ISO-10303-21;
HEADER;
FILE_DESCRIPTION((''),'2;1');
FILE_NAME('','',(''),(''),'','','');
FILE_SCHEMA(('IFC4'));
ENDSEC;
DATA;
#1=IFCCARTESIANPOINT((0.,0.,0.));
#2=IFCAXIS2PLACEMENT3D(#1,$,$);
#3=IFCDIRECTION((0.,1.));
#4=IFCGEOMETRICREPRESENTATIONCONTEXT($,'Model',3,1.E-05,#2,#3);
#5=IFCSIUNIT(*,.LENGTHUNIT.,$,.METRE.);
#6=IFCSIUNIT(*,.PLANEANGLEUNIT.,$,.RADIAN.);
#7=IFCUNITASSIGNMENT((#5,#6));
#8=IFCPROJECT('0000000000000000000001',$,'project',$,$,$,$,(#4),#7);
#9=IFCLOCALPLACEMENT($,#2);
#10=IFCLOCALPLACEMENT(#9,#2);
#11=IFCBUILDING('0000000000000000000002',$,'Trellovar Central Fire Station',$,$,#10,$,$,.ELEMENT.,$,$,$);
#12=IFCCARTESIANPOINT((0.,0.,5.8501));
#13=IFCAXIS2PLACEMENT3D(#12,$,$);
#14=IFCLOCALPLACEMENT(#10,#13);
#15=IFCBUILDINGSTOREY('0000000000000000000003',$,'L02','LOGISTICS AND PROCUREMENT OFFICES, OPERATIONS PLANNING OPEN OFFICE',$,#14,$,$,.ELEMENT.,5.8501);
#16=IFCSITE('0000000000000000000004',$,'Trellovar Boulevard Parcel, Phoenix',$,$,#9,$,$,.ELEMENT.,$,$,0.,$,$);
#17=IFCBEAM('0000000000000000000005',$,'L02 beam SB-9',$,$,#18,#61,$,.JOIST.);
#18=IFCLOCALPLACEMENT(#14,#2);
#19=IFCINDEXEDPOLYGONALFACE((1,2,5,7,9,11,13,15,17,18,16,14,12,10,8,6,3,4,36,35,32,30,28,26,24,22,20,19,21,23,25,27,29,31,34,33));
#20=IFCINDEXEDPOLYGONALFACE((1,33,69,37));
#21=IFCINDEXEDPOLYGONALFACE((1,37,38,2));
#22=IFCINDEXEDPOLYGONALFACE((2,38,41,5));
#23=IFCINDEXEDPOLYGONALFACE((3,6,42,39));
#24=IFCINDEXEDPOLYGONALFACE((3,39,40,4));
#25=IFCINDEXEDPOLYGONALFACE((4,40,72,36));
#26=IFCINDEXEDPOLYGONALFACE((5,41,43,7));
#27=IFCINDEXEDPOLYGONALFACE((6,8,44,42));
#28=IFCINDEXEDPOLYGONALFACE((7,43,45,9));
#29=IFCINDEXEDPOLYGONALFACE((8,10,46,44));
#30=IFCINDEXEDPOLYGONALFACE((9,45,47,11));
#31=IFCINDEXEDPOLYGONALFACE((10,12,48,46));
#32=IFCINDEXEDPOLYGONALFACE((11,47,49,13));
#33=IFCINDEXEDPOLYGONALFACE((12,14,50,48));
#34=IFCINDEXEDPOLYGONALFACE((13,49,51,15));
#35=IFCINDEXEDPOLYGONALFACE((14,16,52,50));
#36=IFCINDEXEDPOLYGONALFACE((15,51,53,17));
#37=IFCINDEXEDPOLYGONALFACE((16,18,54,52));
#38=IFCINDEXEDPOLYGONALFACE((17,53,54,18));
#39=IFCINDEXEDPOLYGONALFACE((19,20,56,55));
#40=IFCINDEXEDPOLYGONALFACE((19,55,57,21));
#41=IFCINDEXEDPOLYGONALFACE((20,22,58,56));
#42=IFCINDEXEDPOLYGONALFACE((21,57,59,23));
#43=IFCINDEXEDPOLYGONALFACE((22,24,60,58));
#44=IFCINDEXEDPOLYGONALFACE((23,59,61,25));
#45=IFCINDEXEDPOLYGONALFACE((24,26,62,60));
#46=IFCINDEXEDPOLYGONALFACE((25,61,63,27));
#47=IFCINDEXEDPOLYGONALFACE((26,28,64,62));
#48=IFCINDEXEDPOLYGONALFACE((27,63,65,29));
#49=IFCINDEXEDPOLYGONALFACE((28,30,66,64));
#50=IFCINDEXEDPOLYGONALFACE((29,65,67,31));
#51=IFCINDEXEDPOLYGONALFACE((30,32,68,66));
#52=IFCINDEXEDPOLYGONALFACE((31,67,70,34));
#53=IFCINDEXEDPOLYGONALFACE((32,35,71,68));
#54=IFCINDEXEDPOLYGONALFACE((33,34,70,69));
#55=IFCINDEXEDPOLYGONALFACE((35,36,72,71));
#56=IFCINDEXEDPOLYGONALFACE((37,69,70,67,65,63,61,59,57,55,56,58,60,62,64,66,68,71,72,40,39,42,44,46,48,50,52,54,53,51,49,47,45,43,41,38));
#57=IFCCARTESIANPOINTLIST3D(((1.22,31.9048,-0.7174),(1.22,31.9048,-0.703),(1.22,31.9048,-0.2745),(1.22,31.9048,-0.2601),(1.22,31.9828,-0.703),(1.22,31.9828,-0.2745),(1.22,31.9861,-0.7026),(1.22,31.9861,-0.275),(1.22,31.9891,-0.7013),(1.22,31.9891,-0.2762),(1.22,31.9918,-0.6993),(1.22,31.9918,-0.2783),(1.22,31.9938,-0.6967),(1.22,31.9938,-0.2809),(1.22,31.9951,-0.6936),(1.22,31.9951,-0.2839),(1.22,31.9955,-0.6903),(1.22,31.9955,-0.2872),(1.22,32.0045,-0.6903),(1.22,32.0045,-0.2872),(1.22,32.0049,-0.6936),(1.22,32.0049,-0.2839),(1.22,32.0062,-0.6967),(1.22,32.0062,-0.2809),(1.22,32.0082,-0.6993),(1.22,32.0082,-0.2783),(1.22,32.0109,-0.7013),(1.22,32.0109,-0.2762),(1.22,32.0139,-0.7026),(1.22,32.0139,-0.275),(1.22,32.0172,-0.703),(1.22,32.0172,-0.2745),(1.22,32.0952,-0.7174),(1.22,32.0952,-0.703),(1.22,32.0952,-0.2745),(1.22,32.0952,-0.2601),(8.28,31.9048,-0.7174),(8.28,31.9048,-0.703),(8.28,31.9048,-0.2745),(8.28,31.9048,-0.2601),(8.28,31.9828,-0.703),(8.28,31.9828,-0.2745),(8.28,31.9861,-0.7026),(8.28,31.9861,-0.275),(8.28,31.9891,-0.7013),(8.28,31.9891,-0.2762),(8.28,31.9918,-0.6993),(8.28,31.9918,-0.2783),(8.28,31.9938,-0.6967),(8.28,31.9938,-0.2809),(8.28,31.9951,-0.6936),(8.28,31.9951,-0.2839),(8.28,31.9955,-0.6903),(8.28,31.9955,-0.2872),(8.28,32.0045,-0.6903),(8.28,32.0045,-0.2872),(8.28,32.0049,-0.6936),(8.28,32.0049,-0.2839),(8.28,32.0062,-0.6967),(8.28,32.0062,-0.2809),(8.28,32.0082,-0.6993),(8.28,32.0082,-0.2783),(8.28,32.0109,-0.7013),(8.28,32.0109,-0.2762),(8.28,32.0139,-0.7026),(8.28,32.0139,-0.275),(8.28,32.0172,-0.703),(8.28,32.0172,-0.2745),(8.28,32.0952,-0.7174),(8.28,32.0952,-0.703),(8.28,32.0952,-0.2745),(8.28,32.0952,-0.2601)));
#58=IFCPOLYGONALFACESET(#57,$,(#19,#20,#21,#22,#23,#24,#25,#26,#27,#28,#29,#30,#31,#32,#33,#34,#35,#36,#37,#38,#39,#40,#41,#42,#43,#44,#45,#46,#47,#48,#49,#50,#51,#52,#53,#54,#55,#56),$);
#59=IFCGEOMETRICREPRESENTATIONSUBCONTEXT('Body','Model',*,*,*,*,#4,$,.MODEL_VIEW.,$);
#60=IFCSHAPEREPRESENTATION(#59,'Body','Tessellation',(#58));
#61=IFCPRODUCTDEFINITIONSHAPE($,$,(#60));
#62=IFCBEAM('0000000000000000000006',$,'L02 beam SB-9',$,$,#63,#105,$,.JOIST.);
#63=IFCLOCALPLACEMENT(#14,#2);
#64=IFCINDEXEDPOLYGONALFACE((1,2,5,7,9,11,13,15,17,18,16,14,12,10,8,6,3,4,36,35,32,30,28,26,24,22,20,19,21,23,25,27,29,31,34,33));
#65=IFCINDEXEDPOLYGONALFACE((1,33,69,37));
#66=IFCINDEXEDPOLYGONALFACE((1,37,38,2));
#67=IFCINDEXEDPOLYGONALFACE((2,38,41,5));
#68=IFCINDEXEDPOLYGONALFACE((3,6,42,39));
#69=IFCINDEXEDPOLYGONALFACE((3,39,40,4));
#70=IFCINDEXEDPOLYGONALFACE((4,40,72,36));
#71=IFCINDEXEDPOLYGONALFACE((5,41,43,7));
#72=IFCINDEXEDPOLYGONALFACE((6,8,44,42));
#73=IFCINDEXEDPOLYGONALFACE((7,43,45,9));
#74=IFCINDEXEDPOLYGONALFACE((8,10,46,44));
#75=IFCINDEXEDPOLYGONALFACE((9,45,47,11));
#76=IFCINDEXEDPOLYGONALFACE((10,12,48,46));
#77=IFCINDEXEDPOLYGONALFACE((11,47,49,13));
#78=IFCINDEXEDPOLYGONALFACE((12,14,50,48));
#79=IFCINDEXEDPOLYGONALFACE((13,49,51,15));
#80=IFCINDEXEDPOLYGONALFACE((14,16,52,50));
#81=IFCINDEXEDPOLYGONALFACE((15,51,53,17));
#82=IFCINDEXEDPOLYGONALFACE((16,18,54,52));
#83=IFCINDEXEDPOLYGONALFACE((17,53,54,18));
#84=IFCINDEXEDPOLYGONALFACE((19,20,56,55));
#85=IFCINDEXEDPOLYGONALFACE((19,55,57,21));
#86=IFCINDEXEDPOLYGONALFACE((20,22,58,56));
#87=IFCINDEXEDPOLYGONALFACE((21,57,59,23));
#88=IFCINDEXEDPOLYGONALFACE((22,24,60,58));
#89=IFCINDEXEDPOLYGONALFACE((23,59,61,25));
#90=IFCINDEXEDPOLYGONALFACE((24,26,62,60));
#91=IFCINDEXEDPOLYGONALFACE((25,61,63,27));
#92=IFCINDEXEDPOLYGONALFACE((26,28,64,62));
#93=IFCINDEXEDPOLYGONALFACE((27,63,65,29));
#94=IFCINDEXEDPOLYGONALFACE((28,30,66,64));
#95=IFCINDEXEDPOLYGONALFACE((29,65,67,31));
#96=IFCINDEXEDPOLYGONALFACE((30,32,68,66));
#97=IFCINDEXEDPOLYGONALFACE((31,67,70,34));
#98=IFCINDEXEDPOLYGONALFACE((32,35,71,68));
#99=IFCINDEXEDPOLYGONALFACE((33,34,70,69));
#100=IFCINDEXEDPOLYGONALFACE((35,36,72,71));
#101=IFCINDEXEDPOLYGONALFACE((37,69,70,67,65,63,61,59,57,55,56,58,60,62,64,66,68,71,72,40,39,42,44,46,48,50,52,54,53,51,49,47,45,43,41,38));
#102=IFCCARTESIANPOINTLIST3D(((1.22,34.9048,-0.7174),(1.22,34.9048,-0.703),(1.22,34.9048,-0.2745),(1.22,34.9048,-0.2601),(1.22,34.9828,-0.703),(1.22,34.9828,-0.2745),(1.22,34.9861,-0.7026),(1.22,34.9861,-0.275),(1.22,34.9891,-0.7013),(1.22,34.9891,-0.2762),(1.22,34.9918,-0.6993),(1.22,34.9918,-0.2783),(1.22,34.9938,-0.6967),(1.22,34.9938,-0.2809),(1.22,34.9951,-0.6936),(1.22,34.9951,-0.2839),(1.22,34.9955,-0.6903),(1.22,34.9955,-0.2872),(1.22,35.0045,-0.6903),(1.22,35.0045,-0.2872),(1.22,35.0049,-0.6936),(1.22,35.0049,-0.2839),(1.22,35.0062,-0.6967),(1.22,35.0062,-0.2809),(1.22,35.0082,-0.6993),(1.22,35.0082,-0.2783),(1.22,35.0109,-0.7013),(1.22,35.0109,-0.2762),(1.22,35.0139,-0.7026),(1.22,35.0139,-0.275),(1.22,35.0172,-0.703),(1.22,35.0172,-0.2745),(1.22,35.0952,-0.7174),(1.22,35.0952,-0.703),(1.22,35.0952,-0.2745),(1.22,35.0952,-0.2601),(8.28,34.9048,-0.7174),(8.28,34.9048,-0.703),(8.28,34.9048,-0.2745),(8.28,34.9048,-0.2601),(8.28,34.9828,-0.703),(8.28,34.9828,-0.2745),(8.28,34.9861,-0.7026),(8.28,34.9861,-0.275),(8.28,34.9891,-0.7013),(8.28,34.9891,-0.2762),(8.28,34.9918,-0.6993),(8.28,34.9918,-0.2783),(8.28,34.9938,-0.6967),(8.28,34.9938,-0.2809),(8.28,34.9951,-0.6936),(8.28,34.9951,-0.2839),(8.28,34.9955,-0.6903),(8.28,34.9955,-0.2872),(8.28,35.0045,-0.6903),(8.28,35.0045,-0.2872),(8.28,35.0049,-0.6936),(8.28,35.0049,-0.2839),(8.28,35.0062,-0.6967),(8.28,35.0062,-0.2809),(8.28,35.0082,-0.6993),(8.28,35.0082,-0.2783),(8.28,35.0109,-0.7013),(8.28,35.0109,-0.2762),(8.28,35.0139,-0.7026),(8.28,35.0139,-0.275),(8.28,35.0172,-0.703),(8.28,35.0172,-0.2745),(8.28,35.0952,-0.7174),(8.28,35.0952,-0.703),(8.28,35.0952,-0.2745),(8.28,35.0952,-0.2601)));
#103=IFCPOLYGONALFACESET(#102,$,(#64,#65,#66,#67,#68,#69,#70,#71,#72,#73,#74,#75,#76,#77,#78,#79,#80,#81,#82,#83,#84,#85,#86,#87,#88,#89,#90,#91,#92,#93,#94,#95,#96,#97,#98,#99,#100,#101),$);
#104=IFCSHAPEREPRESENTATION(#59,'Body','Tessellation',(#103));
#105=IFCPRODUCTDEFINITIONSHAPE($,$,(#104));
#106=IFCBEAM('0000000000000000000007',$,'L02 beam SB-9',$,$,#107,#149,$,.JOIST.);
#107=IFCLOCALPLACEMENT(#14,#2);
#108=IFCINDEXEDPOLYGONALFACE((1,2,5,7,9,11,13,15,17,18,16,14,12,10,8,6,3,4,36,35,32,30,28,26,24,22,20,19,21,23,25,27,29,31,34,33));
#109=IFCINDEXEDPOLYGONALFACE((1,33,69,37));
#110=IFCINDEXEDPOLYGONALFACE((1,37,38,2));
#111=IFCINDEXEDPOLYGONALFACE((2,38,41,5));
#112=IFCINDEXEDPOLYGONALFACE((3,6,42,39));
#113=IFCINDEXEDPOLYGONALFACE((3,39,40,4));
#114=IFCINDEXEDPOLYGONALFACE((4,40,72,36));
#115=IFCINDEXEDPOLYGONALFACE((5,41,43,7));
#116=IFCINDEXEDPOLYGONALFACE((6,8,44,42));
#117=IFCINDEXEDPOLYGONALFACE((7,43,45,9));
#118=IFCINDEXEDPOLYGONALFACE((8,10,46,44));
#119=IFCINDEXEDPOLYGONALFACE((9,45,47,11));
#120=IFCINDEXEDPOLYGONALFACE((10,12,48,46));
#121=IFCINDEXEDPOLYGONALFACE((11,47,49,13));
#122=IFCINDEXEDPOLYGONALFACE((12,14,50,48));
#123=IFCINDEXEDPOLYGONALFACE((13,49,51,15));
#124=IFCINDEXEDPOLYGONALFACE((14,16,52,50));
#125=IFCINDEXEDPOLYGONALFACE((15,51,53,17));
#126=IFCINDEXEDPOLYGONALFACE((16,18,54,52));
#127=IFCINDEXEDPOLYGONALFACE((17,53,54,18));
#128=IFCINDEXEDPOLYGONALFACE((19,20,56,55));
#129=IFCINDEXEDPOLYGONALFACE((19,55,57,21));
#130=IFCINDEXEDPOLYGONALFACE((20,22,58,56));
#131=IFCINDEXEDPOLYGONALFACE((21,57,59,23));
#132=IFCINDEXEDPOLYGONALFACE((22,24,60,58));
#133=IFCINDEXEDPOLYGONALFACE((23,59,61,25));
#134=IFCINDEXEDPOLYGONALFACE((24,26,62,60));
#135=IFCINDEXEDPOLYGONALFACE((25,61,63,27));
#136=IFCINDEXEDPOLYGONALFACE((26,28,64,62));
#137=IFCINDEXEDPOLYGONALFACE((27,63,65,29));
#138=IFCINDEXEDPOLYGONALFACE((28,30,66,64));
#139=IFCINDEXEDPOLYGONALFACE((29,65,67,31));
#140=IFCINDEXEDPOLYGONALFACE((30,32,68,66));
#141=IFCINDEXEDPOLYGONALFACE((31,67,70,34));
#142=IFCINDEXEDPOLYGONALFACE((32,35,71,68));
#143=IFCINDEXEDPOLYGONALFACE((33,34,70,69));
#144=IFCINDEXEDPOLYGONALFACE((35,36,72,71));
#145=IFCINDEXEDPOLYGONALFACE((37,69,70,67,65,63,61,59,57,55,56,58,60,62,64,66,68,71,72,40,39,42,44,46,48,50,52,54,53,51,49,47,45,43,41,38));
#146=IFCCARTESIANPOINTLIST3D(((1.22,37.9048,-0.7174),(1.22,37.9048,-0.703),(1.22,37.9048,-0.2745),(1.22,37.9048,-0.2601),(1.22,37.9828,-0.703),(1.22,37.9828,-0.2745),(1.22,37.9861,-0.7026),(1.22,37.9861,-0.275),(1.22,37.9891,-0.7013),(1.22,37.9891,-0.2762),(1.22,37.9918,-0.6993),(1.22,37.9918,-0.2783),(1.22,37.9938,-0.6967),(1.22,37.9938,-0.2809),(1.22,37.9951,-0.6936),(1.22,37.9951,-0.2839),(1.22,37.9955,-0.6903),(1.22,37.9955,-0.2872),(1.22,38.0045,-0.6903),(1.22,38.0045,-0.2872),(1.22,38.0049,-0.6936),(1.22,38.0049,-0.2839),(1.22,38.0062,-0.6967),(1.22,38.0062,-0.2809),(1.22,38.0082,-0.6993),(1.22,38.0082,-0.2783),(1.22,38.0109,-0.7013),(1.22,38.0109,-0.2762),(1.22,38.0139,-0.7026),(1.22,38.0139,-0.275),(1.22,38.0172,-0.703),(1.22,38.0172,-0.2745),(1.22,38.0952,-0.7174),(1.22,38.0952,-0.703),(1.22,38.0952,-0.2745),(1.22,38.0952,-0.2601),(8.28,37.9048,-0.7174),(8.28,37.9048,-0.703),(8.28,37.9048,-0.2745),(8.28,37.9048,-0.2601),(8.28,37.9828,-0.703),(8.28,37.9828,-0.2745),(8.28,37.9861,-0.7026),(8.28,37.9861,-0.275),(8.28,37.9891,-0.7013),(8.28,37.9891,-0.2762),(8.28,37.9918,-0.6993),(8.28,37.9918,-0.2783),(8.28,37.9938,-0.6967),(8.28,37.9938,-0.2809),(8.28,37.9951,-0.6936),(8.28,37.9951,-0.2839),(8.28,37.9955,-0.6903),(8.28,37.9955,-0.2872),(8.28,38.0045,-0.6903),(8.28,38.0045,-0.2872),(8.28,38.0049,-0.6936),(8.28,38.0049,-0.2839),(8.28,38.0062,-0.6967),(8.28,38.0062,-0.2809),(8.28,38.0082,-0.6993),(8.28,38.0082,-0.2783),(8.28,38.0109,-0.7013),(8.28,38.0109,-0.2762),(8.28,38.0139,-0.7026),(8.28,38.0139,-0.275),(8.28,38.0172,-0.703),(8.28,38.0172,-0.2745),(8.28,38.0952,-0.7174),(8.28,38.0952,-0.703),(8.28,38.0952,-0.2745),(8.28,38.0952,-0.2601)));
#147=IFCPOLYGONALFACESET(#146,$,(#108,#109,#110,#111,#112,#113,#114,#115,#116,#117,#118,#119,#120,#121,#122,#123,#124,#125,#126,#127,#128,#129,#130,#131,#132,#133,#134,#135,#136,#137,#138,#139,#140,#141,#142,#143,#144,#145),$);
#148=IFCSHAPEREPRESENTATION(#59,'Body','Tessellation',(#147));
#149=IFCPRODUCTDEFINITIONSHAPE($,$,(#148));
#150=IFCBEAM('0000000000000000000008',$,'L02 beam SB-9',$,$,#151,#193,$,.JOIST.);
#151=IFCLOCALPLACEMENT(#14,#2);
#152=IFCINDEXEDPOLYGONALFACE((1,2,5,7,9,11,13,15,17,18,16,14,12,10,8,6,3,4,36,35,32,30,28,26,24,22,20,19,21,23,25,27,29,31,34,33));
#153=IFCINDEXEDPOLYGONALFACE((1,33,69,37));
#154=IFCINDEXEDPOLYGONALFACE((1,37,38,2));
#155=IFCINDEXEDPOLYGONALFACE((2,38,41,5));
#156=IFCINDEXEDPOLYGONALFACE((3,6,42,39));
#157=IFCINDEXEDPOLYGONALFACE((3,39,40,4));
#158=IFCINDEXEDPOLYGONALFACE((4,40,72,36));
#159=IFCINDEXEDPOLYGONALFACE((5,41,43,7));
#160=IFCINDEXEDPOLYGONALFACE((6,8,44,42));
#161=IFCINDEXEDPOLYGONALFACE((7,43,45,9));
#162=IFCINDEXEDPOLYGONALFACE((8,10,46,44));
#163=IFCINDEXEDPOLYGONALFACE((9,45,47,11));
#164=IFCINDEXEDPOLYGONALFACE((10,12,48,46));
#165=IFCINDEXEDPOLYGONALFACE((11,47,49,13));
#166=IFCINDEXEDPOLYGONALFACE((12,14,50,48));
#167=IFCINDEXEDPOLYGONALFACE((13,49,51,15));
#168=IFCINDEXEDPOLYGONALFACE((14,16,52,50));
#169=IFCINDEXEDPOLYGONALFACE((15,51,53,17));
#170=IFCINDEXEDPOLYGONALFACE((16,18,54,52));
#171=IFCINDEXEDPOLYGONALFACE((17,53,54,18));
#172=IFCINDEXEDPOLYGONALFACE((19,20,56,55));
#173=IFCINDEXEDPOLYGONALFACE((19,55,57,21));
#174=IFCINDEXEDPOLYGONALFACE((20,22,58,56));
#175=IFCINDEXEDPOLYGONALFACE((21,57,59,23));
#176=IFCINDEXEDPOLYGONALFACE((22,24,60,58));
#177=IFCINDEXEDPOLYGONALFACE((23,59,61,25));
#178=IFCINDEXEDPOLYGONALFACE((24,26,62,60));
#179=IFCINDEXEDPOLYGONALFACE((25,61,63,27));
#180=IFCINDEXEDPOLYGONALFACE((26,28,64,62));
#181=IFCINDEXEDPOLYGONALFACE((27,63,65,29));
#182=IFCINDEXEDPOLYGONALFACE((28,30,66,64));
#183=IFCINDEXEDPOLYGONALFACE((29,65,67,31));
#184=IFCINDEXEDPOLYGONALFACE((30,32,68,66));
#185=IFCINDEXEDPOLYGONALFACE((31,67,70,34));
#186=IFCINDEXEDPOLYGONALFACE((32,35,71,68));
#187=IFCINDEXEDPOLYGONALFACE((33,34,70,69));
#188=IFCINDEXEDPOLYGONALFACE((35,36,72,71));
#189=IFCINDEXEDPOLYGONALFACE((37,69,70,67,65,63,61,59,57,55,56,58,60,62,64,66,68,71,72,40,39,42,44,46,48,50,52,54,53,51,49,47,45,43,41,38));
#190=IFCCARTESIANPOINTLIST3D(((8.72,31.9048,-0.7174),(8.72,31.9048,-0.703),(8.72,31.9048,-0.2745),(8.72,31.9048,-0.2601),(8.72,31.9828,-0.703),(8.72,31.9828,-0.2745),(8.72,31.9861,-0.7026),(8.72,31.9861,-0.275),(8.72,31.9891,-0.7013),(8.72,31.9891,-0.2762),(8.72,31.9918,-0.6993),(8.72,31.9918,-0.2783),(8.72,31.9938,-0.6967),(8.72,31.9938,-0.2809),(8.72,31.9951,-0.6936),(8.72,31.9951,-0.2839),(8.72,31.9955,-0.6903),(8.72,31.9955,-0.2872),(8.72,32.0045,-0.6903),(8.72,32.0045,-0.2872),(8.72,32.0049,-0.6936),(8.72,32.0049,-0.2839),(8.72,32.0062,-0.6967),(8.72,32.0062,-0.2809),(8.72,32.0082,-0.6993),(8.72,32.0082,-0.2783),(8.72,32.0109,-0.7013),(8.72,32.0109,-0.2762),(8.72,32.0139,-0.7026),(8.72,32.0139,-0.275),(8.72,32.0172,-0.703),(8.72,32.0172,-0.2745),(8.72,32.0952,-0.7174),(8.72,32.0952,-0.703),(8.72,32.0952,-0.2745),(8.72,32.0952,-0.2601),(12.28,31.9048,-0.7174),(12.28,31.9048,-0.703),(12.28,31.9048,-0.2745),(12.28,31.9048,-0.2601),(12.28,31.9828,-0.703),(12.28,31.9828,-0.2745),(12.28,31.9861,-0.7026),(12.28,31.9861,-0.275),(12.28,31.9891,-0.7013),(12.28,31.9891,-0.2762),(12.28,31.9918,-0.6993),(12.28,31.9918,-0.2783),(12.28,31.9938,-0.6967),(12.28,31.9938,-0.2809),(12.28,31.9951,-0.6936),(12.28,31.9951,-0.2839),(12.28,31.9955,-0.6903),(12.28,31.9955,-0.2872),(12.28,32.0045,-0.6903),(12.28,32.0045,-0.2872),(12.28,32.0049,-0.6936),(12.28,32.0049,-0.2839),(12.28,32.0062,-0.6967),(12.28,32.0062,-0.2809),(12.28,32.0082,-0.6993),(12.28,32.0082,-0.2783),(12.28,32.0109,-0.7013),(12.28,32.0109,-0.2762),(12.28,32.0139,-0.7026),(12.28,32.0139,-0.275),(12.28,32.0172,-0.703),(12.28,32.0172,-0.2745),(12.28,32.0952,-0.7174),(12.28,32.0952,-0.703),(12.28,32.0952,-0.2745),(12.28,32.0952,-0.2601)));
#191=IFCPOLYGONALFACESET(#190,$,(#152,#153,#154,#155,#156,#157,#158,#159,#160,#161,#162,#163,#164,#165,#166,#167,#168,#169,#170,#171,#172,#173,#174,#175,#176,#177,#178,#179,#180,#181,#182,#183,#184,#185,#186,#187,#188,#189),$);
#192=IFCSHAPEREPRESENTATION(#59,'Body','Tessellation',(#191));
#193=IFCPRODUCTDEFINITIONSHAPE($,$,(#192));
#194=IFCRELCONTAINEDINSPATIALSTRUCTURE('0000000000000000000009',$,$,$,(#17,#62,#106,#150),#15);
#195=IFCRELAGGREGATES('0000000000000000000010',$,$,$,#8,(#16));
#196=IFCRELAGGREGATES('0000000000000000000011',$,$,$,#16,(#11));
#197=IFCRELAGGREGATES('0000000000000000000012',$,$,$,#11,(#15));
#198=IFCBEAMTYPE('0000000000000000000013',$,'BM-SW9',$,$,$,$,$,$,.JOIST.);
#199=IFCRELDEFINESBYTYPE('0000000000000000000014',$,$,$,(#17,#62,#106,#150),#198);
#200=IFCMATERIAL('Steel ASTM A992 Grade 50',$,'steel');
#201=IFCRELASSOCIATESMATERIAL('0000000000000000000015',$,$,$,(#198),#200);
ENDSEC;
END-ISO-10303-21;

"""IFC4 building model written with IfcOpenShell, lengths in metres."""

from ifc_helpers import new_model, si_unit, direction, frame, origin, origin_2d, place, context, subcontext, project, spatial, i_section, extrude, material, material_profile, profile_set, type_object, element, save


model = new_model("IFC4")

# Units and contexts
model_context = context("Model", 3, precision=1e-05, world=origin(), true_north=direction((0.0, 1.0)))
body_context = subcontext(model_context, "Body", "Model", "MODEL_VIEW")
ifc_project = project(units=[si_unit("LENGTHUNIT", "METRE"), si_unit("PLANEANGLEUNIT", "RADIAN")], contexts=[model_context])

# Site, building, storey
site_placement = place(None, origin())
site = spatial("IfcSite", under=ifc_project, at=site_placement, Name="Trellovar Boulevard Parcel, Phoenix", CompositionType="ELEMENT", RefElevation=0.0)
building_placement = place(site_placement, origin())
building = spatial("IfcBuilding", under=site, at=building_placement, Name="Trellovar Central Fire Station", CompositionType="ELEMENT")
storey_placement = place(building_placement, frame((0.0, 0.0, 5.8501)))
storey = spatial("IfcBuildingStorey", under=building, at=storey_placement, Name="L02", Description="LOGISTICS AND PROCUREMENT OFFICES, OPERATIONS PLANNING OPEN OFFICE", CompositionType="ELEMENT", Elevation=5.8501)

# Beams
ifc_material_1 = material(Name="Steel ASTM A992 Grade 50", Category="steel")
ifc_material_profile_1 = material_profile(ifc_material_1, i_section(OverallWidth=0.1904, OverallDepth=0.4573, WebThickness=0.009, FlangeThickness=0.0144, FilletRadius=0.0127, at=origin_2d()), Name="W18X50")
ifc_profile_set_1 = profile_set([ifc_material_profile_1], Name="Steel ASTM A992 Grade 50")
beam_type_1 = type_object("IfcBeamType", Name="BM-SW9", PredefinedType="JOIST", material=ifc_profile_set_1)
for number, where, z_axis, x_axis, name in (
    (1, (1.22, 32.0, -0.4888), (1.0, 0.0, 0.0), (0.0, 1.0, 0.0), "L02 beam SB-9"),
    (2, (1.22, 35.0, -0.4888), (1.0, 0.0, 0.0), (0.0, 1.0, 0.0), "L02 beam SB-9"),
    (3, (1.22, 38.0, -0.4888), (1.0, 0.0, 0.0), (0.0, 1.0, 0.0), "L02 beam SB-9"),
):
    element("IfcBeam", number, at=place(storey_placement, frame(where, z_axis=z_axis, x_axis=x_axis)), inside=storey, type_object=beam_type_1, Name=name, PredefinedType="JOIST", context=body_context, shape_type="SweptSolid", body=[
        extrude(i_section(OverallWidth=0.1904, OverallDepth=0.4573, WebThickness=0.009, FlangeThickness=0.0144, FilletRadius=0.0127, at=origin_2d()), origin(), (0.0, 0.0, 1.0), 7.0601),
    ])
for number, where, z_axis, x_axis, name in (
    (4, (8.72, 32.0, -0.4888), (1.0, 0.0, 0.0), (0.0, 1.0, 0.0), "L02 beam SB-9"),
):
    element("IfcBeam", number, at=place(storey_placement, frame(where, z_axis=z_axis, x_axis=x_axis)), inside=storey, type_object=beam_type_1, Name=name, PredefinedType="JOIST", context=body_context, shape_type="SweptSolid", body=[
        extrude(i_section(OverallWidth=0.1904, OverallDepth=0.4573, WebThickness=0.009, FlangeThickness=0.0144, FilletRadius=0.0127, at=origin_2d()), origin(), (0.0, 0.0, 1.0), 3.5601),
    ])

save(model, "model.ifc")
